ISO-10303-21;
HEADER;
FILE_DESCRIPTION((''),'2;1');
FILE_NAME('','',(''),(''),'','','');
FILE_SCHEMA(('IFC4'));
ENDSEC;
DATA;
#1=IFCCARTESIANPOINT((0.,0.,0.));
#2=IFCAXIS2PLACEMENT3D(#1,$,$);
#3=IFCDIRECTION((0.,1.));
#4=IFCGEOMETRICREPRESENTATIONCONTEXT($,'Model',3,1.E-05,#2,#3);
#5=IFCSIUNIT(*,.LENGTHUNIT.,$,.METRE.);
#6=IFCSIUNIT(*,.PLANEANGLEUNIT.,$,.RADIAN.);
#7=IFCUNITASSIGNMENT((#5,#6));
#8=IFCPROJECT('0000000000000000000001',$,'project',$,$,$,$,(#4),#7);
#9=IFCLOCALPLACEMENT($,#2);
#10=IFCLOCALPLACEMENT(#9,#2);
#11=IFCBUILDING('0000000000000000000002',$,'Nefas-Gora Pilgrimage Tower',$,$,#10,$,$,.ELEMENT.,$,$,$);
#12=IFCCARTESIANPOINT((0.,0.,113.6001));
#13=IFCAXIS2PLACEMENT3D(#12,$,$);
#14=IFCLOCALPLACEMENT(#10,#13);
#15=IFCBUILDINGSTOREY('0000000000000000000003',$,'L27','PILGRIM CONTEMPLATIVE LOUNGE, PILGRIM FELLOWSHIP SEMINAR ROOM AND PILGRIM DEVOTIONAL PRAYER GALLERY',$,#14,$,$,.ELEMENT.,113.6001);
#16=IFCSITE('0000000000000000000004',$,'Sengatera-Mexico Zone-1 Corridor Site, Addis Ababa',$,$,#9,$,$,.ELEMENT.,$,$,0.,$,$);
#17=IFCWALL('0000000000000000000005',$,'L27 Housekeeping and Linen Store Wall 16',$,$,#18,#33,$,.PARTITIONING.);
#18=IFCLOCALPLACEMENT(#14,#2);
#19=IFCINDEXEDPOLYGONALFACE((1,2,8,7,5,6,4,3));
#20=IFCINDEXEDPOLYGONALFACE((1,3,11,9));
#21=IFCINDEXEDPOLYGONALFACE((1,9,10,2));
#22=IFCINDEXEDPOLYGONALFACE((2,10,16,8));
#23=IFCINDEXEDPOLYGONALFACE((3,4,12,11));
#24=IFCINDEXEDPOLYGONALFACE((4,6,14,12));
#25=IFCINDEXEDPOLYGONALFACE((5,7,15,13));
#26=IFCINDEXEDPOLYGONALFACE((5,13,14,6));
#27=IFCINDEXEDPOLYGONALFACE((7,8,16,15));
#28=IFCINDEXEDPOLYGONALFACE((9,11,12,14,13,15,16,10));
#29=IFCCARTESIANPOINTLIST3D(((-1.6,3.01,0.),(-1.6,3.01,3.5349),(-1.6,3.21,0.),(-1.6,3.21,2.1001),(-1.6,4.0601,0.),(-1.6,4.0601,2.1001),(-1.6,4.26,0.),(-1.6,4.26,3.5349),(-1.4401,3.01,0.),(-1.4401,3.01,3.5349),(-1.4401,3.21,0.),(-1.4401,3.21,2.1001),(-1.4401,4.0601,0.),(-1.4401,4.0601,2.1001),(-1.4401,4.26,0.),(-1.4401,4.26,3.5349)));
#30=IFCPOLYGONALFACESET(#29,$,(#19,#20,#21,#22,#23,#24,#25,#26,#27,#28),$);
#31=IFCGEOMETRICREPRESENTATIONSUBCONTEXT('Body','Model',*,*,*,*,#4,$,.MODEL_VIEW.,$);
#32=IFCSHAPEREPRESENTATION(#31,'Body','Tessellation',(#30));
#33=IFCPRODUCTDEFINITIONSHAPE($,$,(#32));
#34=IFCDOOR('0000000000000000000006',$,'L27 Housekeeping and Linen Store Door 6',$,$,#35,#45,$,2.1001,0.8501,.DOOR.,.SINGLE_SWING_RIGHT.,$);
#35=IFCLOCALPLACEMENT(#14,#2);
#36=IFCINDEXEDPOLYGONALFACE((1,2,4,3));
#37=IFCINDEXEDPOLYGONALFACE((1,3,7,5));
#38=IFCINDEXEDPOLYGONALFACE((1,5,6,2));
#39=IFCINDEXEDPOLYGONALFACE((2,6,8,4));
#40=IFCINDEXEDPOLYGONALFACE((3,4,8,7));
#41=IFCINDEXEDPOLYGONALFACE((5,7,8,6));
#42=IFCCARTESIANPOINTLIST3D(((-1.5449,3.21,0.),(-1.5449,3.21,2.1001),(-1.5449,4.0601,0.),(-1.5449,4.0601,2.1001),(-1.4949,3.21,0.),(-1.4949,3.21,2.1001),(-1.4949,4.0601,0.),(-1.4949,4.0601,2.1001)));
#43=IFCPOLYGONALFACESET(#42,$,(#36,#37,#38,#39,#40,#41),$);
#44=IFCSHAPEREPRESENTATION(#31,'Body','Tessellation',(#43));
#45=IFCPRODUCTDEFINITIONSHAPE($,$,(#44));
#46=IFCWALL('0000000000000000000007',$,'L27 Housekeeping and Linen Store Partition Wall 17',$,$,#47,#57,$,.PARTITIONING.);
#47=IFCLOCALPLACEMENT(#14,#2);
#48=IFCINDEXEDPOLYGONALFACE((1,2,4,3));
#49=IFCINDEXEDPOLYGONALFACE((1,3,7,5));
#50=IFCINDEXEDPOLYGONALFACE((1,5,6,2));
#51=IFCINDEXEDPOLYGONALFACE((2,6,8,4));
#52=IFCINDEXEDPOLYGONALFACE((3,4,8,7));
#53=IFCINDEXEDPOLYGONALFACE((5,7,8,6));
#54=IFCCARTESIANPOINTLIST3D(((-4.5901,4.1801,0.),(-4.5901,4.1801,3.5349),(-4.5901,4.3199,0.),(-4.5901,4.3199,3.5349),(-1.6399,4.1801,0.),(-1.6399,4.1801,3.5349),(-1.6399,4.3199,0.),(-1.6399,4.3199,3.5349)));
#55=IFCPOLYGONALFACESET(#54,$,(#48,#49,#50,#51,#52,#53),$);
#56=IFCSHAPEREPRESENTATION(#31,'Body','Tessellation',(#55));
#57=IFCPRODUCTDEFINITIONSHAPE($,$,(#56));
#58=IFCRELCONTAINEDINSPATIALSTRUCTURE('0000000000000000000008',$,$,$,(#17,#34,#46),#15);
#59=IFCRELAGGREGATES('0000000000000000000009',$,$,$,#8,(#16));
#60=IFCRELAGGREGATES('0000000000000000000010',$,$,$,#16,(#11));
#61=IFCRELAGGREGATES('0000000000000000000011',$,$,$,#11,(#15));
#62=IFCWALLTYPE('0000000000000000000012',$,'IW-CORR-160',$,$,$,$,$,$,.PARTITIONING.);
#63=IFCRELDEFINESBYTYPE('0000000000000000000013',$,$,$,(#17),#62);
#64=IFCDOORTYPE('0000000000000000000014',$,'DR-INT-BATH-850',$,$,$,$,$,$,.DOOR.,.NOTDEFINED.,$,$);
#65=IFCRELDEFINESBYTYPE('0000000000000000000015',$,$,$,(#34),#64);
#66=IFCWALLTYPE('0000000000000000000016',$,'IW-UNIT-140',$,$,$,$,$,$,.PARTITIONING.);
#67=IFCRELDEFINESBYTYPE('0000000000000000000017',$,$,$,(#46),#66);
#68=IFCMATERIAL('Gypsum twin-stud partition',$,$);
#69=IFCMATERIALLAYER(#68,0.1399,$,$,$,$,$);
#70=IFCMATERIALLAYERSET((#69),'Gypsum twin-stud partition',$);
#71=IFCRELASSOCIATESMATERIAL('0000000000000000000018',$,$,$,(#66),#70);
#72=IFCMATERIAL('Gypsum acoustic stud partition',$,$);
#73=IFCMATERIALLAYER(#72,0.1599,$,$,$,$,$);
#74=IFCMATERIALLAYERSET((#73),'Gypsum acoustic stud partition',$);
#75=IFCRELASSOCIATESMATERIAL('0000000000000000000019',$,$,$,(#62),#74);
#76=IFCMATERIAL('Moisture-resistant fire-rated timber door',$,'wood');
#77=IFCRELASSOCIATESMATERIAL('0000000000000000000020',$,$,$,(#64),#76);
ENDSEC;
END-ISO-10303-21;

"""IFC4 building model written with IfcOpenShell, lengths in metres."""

from ifc_helpers import new_model, si_unit, direction, frame, frame_2d, origin, place, context, subcontext, project, spatial, rectangle, extrude, source, transform, mapped, material, layer, layer_set, type_object, element, fill, save


model = new_model("IFC4")

# Units and contexts
model_context = context("Model", 3, precision=1e-05, world=origin(), true_north=direction((0.0, 1.0)))
body_context = subcontext(model_context, "Body", "Model", "MODEL_VIEW")
ifc_project = project(units=[si_unit("LENGTHUNIT", "METRE"), si_unit("PLANEANGLEUNIT", "RADIAN")], contexts=[model_context])

# Site, building, storey
site_placement = place(None, origin())
site = spatial("IfcSite", under=ifc_project, at=site_placement, Name="Sengatera-Mexico Zone-1 Corridor Site, Addis Ababa", CompositionType="ELEMENT", RefElevation=0.0)
building_placement = place(site_placement, origin())
building = spatial("IfcBuilding", under=site, at=building_placement, Name="Nefas-Gora Pilgrimage Tower", CompositionType="ELEMENT")
storey_placement = place(building_placement, frame((0.0, 0.0, 113.6001)))
storey = spatial("IfcBuildingStorey", under=building, at=storey_placement, Name="L27", Description="PILGRIM CONTEMPLATIVE LOUNGE, PILGRIM FELLOWSHIP SEMINAR ROOM AND PILGRIM DEVOTIONAL PRAYER GALLERY", CompositionType="ELEMENT", Elevation=113.6001)

# Shared definitions
ifc_material_1 = material(Name="Gypsum twin-stud partition")
ifc_layer_1 = layer(ifc_material_1, 0.1399)
ifc_layer_set_1 = layer_set([ifc_layer_1], Name="Gypsum twin-stud partition")
wall_type_1 = type_object("IfcWallType", Name="IW-UNIT-140", PredefinedType="PARTITIONING", material=ifc_layer_set_1)
ifc_material_2 = material(Name="Gypsum acoustic stud partition")
ifc_layer_2 = layer(ifc_material_2, 0.1599)
ifc_layer_set_2 = layer_set([ifc_layer_2], Name="Gypsum acoustic stud partition")
wall_type_2 = type_object("IfcWallType", Name="IW-CORR-160", PredefinedType="PARTITIONING", material=ifc_layer_set_2)

# Wall, opening, door
shared_shape_1 = source(origin(), body_context, "Body", "SweptSolid", [
    extrude(rectangle(XDim=1.25, YDim=0.1599, at=frame_2d((0.625, 0.0))), origin(), (0.0, 0.0, 1.0), 3.5349),
])
wall_1_placement = place(storey_placement, frame((-1.52, 3.01, 0.0), z_axis=(0.0, 0.0, 1.0), x_axis=(0.0, 1.0, 0.0)))
wall_1 = element("IfcWall", 1, at=wall_1_placement, inside=storey, type_object=wall_type_2, Name="L27 Housekeeping and Linen Store Wall 16", PredefinedType="PARTITIONING", context=body_context, shape_type="MappedRepresentation", body=[
    mapped(shared_shape_1, transform((0.0, 0.0, 0.0), x_axis=(1.0, 0.0, 0.0), y_axis=(0.0, 1.0, 0.0), z_axis=(0.0, 0.0, 1.0), scale=1.0)),
])
opening_1_placement = place(wall_1_placement, frame((0.2, 0.0, 0.0)))
opening_1 = element("IfcOpeningElement", 2, at=opening_1_placement, cuts=wall_1, PredefinedType="OPENING", context=body_context, shape_type="SweptSolid", body=[
    extrude(rectangle(XDim=0.8501, YDim=2.1001, at=frame_2d((0.425, 1.05))), frame((0.0, 0.0898, 0.0), z_axis=(0.0, -1.0, 0.0), x_axis=(1.0, 0.0, 0.0)), (0.0, 0.0, 1.0), 0.1799),
])
ifc_material_3 = material(Name="Moisture-resistant fire-rated timber door", Category="wood")
door_type_1 = type_object("IfcDoorType", Name="DR-INT-BATH-850", OperationType="NOTDEFINED", PredefinedType="DOOR", material=ifc_material_3)
shared_shape_2 = source(origin(), body_context, "Body", "SweptSolid", [
    extrude(rectangle(XDim=0.8501, YDim=2.1001, at=frame_2d((0.425, 1.05))), frame((0.0, 0.0249, 0.0), z_axis=(0.0, -1.0, 0.0), x_axis=(1.0, 0.0, 0.0)), (0.0, 0.0, 1.0), 0.05),
])
door_1_placement = place(opening_1_placement, origin())
door_1 = element("IfcDoor", 3, at=door_1_placement, inside=storey, type_object=door_type_1, Name="L27 Housekeeping and Linen Store Door 6", OperationType="SINGLE_SWING_RIGHT", OverallHeight=2.1001, OverallWidth=0.8501, PredefinedType="DOOR", context=body_context, shape_type="MappedRepresentation", body=[
    mapped(shared_shape_2, transform((0.0, 0.0, 0.0), x_axis=(1.0, 0.0, 0.0), y_axis=(0.0, 1.0, 0.0), z_axis=(0.0, 0.0, 1.0), scale=1.0)),
])
fill(opening_1, door_1)

# Wall
shared_shape_3 = source(origin(), body_context, "Body", "SweptSolid", [
    extrude(rectangle(XDim=2.9502, YDim=0.1399, at=frame_2d((1.4751, 0.0))), origin(), (0.0, 0.0, 1.0), 3.5349),
])
wall_2_placement = place(storey_placement, frame((-4.5901, 4.25, 0.0), z_axis=(0.0, 0.0, 1.0), x_axis=(1.0, 0.0, 0.0)))
element("IfcWall", 4, at=wall_2_placement, inside=storey, type_object=wall_type_1, Name="L27 Housekeeping and Linen Store Partition Wall 17", PredefinedType="PARTITIONING", context=body_context, shape_type="MappedRepresentation", body=[
    mapped(shared_shape_3, transform((0.0, 0.0, 0.0), x_axis=(1.0, 0.0, 0.0), y_axis=(0.0, 1.0, 0.0), z_axis=(0.0, 0.0, 1.0), scale=1.0)),
])

save(model, "model.ifc")
